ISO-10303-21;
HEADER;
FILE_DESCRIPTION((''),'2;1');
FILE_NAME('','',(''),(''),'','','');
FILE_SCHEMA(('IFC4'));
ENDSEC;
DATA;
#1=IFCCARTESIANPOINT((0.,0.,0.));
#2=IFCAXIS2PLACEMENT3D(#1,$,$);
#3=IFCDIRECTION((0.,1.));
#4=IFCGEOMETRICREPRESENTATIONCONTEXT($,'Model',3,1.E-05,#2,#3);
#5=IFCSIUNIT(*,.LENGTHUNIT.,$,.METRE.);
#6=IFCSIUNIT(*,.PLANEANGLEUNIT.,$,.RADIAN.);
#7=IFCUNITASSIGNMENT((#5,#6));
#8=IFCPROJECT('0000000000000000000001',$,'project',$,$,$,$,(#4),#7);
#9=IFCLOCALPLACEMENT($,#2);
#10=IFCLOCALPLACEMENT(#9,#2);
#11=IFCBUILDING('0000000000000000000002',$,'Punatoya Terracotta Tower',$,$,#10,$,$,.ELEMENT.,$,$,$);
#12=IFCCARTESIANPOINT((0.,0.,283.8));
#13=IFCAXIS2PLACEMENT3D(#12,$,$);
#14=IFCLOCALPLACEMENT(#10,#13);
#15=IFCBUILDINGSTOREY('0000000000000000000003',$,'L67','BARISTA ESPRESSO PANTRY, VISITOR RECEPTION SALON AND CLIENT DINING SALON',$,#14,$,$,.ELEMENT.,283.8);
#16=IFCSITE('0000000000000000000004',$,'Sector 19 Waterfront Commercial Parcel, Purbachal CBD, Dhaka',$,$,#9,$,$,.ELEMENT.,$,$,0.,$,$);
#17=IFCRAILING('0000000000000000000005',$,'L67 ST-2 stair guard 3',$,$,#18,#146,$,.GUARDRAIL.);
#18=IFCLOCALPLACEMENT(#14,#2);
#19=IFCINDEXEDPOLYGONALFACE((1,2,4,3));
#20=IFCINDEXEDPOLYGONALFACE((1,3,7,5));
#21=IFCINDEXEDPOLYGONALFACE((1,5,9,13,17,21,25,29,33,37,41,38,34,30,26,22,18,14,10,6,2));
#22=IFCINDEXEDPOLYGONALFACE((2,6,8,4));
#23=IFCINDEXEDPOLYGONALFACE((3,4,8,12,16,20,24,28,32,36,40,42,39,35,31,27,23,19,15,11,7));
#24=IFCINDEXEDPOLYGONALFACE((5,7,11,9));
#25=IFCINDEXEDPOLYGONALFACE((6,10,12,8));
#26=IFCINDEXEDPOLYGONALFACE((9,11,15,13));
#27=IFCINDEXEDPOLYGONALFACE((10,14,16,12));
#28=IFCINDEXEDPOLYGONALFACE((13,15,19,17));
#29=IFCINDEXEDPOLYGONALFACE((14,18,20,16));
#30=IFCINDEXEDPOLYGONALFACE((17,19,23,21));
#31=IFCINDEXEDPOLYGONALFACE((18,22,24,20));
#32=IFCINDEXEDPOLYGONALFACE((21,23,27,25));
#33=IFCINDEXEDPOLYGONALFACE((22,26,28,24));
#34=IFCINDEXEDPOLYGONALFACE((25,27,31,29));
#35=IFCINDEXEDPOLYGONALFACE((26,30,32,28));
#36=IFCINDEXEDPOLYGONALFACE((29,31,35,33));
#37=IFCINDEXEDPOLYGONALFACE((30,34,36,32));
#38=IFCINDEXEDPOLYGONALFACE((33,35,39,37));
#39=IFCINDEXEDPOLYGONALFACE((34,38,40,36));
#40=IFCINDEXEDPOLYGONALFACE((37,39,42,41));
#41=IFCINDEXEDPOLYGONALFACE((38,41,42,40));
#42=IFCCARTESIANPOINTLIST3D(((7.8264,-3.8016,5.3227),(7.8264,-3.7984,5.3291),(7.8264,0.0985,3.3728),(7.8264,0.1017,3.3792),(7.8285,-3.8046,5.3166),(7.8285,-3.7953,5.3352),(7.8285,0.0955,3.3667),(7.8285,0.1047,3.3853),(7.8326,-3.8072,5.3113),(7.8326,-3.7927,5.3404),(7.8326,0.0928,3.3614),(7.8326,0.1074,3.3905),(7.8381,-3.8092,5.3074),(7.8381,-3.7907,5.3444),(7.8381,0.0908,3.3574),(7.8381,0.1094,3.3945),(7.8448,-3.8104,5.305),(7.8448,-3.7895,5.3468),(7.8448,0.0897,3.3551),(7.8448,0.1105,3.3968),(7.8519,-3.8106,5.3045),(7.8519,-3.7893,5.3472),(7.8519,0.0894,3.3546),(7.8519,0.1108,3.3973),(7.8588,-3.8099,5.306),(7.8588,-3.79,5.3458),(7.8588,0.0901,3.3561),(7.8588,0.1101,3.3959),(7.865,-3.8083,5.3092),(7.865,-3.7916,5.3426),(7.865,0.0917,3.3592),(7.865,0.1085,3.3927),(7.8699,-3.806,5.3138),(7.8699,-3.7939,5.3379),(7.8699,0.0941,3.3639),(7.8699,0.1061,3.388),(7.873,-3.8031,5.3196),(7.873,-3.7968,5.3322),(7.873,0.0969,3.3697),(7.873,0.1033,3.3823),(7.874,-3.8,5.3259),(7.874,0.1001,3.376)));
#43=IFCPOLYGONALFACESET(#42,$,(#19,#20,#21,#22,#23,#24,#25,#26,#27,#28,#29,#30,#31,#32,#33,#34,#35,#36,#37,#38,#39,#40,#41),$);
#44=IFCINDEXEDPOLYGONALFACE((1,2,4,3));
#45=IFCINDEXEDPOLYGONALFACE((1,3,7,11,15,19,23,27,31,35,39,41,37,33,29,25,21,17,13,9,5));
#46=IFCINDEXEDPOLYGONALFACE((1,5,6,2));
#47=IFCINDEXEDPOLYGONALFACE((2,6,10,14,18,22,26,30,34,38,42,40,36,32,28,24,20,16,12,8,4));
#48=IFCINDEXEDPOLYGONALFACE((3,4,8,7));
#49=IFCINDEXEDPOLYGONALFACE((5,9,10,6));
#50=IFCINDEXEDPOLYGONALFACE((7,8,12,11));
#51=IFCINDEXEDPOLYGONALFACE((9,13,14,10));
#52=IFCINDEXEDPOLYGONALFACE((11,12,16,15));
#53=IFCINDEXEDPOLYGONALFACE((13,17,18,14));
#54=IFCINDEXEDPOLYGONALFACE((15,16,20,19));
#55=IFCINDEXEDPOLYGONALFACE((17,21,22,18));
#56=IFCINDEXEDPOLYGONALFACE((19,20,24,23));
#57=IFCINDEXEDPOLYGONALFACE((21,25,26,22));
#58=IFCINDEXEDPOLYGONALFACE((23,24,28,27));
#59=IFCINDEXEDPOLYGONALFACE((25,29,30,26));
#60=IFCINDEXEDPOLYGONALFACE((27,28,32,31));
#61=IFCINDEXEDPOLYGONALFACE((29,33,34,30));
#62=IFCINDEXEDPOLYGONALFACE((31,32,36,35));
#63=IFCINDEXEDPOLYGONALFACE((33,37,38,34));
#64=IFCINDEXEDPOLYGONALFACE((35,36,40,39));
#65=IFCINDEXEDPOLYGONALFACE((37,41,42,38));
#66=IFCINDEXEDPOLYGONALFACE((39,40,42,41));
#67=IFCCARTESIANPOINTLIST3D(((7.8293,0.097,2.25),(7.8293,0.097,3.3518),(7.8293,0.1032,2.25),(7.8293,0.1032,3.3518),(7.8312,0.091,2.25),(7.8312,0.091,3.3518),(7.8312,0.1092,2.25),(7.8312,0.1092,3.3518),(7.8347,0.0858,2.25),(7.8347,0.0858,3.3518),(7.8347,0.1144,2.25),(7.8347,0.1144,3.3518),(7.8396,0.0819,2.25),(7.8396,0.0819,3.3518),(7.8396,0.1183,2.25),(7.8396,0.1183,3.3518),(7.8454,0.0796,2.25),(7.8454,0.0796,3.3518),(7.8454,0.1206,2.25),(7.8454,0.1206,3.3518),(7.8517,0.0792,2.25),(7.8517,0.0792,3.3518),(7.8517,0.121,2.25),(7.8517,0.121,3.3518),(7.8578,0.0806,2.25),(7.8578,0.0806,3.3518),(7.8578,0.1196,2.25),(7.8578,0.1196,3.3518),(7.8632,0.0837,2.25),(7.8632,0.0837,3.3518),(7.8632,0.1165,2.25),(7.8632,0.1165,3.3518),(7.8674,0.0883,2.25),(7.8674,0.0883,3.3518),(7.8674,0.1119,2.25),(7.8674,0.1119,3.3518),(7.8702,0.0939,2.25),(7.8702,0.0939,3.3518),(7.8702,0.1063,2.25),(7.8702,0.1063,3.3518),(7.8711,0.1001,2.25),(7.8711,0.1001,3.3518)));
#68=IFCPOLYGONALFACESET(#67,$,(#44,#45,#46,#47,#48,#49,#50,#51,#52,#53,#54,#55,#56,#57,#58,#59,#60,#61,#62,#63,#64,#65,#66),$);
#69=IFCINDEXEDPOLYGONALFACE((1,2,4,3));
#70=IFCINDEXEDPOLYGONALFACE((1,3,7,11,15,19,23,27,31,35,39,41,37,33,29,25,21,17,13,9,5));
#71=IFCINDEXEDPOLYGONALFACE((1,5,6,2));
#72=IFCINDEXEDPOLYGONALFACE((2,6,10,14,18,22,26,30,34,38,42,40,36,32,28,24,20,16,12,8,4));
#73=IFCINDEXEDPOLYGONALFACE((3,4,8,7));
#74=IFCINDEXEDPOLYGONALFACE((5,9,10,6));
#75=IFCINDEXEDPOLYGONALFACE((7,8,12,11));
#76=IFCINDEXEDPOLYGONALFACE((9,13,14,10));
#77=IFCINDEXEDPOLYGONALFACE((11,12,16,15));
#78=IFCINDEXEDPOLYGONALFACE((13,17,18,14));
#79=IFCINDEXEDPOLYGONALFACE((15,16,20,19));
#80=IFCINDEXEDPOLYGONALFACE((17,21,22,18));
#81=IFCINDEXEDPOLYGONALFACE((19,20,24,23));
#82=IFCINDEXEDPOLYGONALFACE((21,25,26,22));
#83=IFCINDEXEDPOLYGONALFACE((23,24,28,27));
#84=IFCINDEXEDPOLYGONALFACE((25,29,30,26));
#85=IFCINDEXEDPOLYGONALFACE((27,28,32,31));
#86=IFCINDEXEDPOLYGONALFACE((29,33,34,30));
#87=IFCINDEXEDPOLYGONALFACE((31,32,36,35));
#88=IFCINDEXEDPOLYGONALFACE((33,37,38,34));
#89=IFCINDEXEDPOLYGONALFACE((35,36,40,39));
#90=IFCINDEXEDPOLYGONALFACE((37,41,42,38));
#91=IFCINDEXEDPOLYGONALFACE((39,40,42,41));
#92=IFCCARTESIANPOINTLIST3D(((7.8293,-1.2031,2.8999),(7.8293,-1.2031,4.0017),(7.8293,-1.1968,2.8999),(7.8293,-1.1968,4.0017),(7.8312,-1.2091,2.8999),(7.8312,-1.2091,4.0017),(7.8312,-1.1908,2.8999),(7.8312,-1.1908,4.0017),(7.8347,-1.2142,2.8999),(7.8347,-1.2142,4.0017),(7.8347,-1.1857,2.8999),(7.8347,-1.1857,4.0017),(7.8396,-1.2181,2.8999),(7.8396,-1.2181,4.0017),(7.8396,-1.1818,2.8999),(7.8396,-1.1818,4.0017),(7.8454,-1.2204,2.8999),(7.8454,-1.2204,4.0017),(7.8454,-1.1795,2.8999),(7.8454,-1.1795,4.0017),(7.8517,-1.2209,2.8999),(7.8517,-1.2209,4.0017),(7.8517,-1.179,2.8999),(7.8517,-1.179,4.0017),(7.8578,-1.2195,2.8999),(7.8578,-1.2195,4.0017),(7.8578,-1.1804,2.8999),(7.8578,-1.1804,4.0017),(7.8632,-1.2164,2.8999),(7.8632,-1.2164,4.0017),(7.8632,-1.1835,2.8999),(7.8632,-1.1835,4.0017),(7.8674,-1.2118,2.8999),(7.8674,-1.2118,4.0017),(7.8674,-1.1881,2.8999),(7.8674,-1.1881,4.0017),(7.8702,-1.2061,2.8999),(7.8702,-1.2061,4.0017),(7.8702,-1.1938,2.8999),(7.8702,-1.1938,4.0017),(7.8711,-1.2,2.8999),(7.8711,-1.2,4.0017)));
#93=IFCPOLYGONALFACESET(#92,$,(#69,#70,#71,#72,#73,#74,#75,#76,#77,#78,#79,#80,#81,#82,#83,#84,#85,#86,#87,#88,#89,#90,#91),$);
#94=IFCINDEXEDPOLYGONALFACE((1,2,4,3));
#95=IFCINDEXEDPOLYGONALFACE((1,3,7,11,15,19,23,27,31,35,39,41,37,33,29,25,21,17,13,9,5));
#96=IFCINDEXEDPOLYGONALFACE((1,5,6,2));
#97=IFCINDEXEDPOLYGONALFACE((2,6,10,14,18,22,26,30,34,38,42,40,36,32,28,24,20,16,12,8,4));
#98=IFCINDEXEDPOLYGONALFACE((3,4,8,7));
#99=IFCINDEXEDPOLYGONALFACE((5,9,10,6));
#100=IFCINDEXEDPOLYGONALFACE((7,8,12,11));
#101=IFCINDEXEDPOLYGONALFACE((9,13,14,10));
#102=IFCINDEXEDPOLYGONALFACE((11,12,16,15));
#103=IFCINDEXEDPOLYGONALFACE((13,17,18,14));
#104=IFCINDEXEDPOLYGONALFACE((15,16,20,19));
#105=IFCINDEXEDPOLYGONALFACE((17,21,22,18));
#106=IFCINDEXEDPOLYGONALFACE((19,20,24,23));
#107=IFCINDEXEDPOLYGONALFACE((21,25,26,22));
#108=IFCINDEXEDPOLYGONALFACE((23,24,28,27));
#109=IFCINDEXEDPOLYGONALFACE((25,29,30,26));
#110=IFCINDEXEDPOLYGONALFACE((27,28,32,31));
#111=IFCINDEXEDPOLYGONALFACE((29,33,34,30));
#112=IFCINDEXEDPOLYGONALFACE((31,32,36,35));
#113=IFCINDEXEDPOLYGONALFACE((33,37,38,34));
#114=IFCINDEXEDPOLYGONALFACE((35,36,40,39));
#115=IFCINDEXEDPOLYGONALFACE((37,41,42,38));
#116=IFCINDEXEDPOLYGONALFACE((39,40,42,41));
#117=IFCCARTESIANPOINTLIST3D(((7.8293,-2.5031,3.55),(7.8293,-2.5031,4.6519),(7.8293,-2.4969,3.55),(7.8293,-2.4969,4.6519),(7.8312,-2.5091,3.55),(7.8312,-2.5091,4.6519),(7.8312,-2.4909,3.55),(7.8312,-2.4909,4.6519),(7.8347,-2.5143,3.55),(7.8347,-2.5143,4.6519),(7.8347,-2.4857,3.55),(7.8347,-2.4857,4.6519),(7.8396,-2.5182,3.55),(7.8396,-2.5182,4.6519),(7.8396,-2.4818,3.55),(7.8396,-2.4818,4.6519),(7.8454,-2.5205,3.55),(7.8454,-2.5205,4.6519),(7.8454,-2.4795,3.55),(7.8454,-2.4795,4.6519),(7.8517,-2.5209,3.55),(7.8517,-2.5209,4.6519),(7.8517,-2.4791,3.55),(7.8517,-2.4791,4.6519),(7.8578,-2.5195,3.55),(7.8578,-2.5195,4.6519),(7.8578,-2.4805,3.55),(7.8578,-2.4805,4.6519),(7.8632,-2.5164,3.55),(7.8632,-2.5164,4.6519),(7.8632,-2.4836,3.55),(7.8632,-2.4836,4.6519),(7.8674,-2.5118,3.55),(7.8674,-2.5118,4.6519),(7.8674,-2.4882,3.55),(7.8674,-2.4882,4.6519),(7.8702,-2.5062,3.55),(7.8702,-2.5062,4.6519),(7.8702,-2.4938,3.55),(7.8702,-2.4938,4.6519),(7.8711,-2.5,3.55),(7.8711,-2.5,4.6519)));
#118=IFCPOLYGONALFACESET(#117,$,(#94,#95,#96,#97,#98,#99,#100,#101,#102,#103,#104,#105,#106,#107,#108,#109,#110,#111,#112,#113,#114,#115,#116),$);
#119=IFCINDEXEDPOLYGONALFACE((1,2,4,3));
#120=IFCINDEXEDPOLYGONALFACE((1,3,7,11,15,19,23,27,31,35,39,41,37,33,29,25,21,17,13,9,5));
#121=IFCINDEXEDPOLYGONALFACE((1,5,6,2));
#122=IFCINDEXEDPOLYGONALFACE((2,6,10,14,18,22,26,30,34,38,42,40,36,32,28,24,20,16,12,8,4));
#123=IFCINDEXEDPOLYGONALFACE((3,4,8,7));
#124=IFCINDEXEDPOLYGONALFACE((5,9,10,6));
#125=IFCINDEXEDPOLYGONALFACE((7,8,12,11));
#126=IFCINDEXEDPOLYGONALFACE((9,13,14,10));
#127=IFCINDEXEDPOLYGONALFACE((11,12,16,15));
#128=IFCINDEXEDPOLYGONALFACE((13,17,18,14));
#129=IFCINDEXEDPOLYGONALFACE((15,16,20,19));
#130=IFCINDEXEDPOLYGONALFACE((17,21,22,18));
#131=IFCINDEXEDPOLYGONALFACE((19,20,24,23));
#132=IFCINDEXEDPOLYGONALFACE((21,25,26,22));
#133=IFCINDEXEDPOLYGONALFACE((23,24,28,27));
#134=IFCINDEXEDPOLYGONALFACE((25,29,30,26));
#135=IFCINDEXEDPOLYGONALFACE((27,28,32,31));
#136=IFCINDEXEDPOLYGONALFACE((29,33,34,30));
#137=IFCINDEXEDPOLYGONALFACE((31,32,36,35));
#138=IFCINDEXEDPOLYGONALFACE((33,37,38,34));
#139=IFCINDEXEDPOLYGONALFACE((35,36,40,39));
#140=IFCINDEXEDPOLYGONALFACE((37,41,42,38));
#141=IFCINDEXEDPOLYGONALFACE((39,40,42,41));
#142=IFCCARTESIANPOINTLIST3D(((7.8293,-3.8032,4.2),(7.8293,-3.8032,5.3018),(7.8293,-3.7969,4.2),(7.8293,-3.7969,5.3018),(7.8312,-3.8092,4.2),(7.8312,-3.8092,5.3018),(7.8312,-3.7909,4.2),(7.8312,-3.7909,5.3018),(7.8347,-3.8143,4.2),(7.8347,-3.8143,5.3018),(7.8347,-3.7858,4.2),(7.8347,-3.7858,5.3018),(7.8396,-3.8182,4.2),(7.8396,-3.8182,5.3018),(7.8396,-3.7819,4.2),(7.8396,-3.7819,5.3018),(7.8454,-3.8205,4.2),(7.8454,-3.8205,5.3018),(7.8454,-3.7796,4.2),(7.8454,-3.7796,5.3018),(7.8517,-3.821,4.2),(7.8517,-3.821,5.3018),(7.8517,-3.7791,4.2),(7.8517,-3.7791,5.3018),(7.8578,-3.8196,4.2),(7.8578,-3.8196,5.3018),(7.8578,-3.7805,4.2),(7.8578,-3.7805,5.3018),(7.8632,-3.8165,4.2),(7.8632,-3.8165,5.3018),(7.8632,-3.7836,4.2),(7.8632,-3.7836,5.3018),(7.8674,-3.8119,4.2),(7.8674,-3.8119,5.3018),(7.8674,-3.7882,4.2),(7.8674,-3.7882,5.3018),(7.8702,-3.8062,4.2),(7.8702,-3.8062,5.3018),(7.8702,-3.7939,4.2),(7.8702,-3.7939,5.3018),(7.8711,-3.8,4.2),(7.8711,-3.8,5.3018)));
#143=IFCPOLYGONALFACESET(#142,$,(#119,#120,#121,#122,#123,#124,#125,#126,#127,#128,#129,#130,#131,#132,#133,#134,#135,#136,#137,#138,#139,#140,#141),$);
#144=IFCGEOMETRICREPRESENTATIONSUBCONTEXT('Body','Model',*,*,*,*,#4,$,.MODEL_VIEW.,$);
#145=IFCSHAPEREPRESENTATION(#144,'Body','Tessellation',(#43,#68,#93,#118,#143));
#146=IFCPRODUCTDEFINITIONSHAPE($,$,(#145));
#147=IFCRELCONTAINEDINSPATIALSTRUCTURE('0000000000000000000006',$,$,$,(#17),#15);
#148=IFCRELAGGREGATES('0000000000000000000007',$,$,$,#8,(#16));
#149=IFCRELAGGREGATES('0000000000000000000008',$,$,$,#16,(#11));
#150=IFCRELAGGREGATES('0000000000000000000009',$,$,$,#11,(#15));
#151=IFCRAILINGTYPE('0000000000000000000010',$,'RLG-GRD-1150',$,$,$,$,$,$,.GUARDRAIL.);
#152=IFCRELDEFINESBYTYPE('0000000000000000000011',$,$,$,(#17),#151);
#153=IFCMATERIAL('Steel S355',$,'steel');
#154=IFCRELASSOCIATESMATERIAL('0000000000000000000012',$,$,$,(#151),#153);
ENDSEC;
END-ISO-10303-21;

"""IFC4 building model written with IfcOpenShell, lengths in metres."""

from ifc_helpers import new_model, si_unit, direction, frame, origin, origin_2d, place, context, subcontext, project, spatial, circle, extrude, material, type_object, element, save


model = new_model("IFC4")

# Units and contexts
model_context = context("Model", 3, precision=1e-05, world=origin(), true_north=direction((0.0, 1.0)))
body_context = subcontext(model_context, "Body", "Model", "MODEL_VIEW")
ifc_project = project(units=[si_unit("LENGTHUNIT", "METRE"), si_unit("PLANEANGLEUNIT", "RADIAN")], contexts=[model_context])

# Site, building, storey
site_placement = place(None, origin())
site = spatial("IfcSite", under=ifc_project, at=site_placement, Name="Sector 19 Waterfront Commercial Parcel, Purbachal CBD, Dhaka", CompositionType="ELEMENT", RefElevation=0.0)
building_placement = place(site_placement, origin())
building = spatial("IfcBuilding", under=site, at=building_placement, Name="Punatoya Terracotta Tower", CompositionType="ELEMENT")
storey_placement = place(building_placement, frame((0.0, 0.0, 283.8)))
storey = spatial("IfcBuildingStorey", under=building, at=storey_placement, Name="L67", Description="BARISTA ESPRESSO PANTRY, VISITOR RECEPTION SALON AND CLIENT DINING SALON", CompositionType="ELEMENT", Elevation=283.8)

# Shared definitions
ifc_material_1 = material(Name="Steel S355", Category="steel")

# Railing
railing_type = type_object("IfcRailingType", Name="RLG-GRD-1150", PredefinedType="GUARDRAIL", material=ifc_material_1)
railing_1_placement = place(storey_placement, frame((7.8501, 0.1001, 2.25)))
element("IfcRailing", 1, at=railing_1_placement, inside=storey, type_object=railing_type, Name="L67 ST-2 stair guard 3", PredefinedType="GUARDRAIL", context=body_context, shape_type="SweptSolid", body=[
    extrude(circle(Radius=0.0239, at=origin_2d()), frame((0.0, 0.0, 1.126), z_axis=(0.0, -0.894438, 0.447191), x_axis=(1.0, 0.0, 0.0)), (0.0, 0.0, 1.0), 4.3604),
    extrude(circle(Radius=0.021, at=origin_2d()), origin(), (0.0, 0.0, 1.0), 1.1018),
    extrude(circle(Radius=0.021, at=origin_2d()), frame((0.0, -1.3, 0.6499)), (0.0, 0.0, 1.0), 1.1018),
    extrude(circle(Radius=0.021, at=origin_2d()), frame((0.0, -2.6001, 1.3)), (0.0, 0.0, 1.0), 1.1018),
    extrude(circle(Radius=0.021, at=origin_2d()), frame((0.0, -3.9001, 1.95)), (0.0, 0.0, 1.0), 1.1018),
])

save(model, "model.ifc")
